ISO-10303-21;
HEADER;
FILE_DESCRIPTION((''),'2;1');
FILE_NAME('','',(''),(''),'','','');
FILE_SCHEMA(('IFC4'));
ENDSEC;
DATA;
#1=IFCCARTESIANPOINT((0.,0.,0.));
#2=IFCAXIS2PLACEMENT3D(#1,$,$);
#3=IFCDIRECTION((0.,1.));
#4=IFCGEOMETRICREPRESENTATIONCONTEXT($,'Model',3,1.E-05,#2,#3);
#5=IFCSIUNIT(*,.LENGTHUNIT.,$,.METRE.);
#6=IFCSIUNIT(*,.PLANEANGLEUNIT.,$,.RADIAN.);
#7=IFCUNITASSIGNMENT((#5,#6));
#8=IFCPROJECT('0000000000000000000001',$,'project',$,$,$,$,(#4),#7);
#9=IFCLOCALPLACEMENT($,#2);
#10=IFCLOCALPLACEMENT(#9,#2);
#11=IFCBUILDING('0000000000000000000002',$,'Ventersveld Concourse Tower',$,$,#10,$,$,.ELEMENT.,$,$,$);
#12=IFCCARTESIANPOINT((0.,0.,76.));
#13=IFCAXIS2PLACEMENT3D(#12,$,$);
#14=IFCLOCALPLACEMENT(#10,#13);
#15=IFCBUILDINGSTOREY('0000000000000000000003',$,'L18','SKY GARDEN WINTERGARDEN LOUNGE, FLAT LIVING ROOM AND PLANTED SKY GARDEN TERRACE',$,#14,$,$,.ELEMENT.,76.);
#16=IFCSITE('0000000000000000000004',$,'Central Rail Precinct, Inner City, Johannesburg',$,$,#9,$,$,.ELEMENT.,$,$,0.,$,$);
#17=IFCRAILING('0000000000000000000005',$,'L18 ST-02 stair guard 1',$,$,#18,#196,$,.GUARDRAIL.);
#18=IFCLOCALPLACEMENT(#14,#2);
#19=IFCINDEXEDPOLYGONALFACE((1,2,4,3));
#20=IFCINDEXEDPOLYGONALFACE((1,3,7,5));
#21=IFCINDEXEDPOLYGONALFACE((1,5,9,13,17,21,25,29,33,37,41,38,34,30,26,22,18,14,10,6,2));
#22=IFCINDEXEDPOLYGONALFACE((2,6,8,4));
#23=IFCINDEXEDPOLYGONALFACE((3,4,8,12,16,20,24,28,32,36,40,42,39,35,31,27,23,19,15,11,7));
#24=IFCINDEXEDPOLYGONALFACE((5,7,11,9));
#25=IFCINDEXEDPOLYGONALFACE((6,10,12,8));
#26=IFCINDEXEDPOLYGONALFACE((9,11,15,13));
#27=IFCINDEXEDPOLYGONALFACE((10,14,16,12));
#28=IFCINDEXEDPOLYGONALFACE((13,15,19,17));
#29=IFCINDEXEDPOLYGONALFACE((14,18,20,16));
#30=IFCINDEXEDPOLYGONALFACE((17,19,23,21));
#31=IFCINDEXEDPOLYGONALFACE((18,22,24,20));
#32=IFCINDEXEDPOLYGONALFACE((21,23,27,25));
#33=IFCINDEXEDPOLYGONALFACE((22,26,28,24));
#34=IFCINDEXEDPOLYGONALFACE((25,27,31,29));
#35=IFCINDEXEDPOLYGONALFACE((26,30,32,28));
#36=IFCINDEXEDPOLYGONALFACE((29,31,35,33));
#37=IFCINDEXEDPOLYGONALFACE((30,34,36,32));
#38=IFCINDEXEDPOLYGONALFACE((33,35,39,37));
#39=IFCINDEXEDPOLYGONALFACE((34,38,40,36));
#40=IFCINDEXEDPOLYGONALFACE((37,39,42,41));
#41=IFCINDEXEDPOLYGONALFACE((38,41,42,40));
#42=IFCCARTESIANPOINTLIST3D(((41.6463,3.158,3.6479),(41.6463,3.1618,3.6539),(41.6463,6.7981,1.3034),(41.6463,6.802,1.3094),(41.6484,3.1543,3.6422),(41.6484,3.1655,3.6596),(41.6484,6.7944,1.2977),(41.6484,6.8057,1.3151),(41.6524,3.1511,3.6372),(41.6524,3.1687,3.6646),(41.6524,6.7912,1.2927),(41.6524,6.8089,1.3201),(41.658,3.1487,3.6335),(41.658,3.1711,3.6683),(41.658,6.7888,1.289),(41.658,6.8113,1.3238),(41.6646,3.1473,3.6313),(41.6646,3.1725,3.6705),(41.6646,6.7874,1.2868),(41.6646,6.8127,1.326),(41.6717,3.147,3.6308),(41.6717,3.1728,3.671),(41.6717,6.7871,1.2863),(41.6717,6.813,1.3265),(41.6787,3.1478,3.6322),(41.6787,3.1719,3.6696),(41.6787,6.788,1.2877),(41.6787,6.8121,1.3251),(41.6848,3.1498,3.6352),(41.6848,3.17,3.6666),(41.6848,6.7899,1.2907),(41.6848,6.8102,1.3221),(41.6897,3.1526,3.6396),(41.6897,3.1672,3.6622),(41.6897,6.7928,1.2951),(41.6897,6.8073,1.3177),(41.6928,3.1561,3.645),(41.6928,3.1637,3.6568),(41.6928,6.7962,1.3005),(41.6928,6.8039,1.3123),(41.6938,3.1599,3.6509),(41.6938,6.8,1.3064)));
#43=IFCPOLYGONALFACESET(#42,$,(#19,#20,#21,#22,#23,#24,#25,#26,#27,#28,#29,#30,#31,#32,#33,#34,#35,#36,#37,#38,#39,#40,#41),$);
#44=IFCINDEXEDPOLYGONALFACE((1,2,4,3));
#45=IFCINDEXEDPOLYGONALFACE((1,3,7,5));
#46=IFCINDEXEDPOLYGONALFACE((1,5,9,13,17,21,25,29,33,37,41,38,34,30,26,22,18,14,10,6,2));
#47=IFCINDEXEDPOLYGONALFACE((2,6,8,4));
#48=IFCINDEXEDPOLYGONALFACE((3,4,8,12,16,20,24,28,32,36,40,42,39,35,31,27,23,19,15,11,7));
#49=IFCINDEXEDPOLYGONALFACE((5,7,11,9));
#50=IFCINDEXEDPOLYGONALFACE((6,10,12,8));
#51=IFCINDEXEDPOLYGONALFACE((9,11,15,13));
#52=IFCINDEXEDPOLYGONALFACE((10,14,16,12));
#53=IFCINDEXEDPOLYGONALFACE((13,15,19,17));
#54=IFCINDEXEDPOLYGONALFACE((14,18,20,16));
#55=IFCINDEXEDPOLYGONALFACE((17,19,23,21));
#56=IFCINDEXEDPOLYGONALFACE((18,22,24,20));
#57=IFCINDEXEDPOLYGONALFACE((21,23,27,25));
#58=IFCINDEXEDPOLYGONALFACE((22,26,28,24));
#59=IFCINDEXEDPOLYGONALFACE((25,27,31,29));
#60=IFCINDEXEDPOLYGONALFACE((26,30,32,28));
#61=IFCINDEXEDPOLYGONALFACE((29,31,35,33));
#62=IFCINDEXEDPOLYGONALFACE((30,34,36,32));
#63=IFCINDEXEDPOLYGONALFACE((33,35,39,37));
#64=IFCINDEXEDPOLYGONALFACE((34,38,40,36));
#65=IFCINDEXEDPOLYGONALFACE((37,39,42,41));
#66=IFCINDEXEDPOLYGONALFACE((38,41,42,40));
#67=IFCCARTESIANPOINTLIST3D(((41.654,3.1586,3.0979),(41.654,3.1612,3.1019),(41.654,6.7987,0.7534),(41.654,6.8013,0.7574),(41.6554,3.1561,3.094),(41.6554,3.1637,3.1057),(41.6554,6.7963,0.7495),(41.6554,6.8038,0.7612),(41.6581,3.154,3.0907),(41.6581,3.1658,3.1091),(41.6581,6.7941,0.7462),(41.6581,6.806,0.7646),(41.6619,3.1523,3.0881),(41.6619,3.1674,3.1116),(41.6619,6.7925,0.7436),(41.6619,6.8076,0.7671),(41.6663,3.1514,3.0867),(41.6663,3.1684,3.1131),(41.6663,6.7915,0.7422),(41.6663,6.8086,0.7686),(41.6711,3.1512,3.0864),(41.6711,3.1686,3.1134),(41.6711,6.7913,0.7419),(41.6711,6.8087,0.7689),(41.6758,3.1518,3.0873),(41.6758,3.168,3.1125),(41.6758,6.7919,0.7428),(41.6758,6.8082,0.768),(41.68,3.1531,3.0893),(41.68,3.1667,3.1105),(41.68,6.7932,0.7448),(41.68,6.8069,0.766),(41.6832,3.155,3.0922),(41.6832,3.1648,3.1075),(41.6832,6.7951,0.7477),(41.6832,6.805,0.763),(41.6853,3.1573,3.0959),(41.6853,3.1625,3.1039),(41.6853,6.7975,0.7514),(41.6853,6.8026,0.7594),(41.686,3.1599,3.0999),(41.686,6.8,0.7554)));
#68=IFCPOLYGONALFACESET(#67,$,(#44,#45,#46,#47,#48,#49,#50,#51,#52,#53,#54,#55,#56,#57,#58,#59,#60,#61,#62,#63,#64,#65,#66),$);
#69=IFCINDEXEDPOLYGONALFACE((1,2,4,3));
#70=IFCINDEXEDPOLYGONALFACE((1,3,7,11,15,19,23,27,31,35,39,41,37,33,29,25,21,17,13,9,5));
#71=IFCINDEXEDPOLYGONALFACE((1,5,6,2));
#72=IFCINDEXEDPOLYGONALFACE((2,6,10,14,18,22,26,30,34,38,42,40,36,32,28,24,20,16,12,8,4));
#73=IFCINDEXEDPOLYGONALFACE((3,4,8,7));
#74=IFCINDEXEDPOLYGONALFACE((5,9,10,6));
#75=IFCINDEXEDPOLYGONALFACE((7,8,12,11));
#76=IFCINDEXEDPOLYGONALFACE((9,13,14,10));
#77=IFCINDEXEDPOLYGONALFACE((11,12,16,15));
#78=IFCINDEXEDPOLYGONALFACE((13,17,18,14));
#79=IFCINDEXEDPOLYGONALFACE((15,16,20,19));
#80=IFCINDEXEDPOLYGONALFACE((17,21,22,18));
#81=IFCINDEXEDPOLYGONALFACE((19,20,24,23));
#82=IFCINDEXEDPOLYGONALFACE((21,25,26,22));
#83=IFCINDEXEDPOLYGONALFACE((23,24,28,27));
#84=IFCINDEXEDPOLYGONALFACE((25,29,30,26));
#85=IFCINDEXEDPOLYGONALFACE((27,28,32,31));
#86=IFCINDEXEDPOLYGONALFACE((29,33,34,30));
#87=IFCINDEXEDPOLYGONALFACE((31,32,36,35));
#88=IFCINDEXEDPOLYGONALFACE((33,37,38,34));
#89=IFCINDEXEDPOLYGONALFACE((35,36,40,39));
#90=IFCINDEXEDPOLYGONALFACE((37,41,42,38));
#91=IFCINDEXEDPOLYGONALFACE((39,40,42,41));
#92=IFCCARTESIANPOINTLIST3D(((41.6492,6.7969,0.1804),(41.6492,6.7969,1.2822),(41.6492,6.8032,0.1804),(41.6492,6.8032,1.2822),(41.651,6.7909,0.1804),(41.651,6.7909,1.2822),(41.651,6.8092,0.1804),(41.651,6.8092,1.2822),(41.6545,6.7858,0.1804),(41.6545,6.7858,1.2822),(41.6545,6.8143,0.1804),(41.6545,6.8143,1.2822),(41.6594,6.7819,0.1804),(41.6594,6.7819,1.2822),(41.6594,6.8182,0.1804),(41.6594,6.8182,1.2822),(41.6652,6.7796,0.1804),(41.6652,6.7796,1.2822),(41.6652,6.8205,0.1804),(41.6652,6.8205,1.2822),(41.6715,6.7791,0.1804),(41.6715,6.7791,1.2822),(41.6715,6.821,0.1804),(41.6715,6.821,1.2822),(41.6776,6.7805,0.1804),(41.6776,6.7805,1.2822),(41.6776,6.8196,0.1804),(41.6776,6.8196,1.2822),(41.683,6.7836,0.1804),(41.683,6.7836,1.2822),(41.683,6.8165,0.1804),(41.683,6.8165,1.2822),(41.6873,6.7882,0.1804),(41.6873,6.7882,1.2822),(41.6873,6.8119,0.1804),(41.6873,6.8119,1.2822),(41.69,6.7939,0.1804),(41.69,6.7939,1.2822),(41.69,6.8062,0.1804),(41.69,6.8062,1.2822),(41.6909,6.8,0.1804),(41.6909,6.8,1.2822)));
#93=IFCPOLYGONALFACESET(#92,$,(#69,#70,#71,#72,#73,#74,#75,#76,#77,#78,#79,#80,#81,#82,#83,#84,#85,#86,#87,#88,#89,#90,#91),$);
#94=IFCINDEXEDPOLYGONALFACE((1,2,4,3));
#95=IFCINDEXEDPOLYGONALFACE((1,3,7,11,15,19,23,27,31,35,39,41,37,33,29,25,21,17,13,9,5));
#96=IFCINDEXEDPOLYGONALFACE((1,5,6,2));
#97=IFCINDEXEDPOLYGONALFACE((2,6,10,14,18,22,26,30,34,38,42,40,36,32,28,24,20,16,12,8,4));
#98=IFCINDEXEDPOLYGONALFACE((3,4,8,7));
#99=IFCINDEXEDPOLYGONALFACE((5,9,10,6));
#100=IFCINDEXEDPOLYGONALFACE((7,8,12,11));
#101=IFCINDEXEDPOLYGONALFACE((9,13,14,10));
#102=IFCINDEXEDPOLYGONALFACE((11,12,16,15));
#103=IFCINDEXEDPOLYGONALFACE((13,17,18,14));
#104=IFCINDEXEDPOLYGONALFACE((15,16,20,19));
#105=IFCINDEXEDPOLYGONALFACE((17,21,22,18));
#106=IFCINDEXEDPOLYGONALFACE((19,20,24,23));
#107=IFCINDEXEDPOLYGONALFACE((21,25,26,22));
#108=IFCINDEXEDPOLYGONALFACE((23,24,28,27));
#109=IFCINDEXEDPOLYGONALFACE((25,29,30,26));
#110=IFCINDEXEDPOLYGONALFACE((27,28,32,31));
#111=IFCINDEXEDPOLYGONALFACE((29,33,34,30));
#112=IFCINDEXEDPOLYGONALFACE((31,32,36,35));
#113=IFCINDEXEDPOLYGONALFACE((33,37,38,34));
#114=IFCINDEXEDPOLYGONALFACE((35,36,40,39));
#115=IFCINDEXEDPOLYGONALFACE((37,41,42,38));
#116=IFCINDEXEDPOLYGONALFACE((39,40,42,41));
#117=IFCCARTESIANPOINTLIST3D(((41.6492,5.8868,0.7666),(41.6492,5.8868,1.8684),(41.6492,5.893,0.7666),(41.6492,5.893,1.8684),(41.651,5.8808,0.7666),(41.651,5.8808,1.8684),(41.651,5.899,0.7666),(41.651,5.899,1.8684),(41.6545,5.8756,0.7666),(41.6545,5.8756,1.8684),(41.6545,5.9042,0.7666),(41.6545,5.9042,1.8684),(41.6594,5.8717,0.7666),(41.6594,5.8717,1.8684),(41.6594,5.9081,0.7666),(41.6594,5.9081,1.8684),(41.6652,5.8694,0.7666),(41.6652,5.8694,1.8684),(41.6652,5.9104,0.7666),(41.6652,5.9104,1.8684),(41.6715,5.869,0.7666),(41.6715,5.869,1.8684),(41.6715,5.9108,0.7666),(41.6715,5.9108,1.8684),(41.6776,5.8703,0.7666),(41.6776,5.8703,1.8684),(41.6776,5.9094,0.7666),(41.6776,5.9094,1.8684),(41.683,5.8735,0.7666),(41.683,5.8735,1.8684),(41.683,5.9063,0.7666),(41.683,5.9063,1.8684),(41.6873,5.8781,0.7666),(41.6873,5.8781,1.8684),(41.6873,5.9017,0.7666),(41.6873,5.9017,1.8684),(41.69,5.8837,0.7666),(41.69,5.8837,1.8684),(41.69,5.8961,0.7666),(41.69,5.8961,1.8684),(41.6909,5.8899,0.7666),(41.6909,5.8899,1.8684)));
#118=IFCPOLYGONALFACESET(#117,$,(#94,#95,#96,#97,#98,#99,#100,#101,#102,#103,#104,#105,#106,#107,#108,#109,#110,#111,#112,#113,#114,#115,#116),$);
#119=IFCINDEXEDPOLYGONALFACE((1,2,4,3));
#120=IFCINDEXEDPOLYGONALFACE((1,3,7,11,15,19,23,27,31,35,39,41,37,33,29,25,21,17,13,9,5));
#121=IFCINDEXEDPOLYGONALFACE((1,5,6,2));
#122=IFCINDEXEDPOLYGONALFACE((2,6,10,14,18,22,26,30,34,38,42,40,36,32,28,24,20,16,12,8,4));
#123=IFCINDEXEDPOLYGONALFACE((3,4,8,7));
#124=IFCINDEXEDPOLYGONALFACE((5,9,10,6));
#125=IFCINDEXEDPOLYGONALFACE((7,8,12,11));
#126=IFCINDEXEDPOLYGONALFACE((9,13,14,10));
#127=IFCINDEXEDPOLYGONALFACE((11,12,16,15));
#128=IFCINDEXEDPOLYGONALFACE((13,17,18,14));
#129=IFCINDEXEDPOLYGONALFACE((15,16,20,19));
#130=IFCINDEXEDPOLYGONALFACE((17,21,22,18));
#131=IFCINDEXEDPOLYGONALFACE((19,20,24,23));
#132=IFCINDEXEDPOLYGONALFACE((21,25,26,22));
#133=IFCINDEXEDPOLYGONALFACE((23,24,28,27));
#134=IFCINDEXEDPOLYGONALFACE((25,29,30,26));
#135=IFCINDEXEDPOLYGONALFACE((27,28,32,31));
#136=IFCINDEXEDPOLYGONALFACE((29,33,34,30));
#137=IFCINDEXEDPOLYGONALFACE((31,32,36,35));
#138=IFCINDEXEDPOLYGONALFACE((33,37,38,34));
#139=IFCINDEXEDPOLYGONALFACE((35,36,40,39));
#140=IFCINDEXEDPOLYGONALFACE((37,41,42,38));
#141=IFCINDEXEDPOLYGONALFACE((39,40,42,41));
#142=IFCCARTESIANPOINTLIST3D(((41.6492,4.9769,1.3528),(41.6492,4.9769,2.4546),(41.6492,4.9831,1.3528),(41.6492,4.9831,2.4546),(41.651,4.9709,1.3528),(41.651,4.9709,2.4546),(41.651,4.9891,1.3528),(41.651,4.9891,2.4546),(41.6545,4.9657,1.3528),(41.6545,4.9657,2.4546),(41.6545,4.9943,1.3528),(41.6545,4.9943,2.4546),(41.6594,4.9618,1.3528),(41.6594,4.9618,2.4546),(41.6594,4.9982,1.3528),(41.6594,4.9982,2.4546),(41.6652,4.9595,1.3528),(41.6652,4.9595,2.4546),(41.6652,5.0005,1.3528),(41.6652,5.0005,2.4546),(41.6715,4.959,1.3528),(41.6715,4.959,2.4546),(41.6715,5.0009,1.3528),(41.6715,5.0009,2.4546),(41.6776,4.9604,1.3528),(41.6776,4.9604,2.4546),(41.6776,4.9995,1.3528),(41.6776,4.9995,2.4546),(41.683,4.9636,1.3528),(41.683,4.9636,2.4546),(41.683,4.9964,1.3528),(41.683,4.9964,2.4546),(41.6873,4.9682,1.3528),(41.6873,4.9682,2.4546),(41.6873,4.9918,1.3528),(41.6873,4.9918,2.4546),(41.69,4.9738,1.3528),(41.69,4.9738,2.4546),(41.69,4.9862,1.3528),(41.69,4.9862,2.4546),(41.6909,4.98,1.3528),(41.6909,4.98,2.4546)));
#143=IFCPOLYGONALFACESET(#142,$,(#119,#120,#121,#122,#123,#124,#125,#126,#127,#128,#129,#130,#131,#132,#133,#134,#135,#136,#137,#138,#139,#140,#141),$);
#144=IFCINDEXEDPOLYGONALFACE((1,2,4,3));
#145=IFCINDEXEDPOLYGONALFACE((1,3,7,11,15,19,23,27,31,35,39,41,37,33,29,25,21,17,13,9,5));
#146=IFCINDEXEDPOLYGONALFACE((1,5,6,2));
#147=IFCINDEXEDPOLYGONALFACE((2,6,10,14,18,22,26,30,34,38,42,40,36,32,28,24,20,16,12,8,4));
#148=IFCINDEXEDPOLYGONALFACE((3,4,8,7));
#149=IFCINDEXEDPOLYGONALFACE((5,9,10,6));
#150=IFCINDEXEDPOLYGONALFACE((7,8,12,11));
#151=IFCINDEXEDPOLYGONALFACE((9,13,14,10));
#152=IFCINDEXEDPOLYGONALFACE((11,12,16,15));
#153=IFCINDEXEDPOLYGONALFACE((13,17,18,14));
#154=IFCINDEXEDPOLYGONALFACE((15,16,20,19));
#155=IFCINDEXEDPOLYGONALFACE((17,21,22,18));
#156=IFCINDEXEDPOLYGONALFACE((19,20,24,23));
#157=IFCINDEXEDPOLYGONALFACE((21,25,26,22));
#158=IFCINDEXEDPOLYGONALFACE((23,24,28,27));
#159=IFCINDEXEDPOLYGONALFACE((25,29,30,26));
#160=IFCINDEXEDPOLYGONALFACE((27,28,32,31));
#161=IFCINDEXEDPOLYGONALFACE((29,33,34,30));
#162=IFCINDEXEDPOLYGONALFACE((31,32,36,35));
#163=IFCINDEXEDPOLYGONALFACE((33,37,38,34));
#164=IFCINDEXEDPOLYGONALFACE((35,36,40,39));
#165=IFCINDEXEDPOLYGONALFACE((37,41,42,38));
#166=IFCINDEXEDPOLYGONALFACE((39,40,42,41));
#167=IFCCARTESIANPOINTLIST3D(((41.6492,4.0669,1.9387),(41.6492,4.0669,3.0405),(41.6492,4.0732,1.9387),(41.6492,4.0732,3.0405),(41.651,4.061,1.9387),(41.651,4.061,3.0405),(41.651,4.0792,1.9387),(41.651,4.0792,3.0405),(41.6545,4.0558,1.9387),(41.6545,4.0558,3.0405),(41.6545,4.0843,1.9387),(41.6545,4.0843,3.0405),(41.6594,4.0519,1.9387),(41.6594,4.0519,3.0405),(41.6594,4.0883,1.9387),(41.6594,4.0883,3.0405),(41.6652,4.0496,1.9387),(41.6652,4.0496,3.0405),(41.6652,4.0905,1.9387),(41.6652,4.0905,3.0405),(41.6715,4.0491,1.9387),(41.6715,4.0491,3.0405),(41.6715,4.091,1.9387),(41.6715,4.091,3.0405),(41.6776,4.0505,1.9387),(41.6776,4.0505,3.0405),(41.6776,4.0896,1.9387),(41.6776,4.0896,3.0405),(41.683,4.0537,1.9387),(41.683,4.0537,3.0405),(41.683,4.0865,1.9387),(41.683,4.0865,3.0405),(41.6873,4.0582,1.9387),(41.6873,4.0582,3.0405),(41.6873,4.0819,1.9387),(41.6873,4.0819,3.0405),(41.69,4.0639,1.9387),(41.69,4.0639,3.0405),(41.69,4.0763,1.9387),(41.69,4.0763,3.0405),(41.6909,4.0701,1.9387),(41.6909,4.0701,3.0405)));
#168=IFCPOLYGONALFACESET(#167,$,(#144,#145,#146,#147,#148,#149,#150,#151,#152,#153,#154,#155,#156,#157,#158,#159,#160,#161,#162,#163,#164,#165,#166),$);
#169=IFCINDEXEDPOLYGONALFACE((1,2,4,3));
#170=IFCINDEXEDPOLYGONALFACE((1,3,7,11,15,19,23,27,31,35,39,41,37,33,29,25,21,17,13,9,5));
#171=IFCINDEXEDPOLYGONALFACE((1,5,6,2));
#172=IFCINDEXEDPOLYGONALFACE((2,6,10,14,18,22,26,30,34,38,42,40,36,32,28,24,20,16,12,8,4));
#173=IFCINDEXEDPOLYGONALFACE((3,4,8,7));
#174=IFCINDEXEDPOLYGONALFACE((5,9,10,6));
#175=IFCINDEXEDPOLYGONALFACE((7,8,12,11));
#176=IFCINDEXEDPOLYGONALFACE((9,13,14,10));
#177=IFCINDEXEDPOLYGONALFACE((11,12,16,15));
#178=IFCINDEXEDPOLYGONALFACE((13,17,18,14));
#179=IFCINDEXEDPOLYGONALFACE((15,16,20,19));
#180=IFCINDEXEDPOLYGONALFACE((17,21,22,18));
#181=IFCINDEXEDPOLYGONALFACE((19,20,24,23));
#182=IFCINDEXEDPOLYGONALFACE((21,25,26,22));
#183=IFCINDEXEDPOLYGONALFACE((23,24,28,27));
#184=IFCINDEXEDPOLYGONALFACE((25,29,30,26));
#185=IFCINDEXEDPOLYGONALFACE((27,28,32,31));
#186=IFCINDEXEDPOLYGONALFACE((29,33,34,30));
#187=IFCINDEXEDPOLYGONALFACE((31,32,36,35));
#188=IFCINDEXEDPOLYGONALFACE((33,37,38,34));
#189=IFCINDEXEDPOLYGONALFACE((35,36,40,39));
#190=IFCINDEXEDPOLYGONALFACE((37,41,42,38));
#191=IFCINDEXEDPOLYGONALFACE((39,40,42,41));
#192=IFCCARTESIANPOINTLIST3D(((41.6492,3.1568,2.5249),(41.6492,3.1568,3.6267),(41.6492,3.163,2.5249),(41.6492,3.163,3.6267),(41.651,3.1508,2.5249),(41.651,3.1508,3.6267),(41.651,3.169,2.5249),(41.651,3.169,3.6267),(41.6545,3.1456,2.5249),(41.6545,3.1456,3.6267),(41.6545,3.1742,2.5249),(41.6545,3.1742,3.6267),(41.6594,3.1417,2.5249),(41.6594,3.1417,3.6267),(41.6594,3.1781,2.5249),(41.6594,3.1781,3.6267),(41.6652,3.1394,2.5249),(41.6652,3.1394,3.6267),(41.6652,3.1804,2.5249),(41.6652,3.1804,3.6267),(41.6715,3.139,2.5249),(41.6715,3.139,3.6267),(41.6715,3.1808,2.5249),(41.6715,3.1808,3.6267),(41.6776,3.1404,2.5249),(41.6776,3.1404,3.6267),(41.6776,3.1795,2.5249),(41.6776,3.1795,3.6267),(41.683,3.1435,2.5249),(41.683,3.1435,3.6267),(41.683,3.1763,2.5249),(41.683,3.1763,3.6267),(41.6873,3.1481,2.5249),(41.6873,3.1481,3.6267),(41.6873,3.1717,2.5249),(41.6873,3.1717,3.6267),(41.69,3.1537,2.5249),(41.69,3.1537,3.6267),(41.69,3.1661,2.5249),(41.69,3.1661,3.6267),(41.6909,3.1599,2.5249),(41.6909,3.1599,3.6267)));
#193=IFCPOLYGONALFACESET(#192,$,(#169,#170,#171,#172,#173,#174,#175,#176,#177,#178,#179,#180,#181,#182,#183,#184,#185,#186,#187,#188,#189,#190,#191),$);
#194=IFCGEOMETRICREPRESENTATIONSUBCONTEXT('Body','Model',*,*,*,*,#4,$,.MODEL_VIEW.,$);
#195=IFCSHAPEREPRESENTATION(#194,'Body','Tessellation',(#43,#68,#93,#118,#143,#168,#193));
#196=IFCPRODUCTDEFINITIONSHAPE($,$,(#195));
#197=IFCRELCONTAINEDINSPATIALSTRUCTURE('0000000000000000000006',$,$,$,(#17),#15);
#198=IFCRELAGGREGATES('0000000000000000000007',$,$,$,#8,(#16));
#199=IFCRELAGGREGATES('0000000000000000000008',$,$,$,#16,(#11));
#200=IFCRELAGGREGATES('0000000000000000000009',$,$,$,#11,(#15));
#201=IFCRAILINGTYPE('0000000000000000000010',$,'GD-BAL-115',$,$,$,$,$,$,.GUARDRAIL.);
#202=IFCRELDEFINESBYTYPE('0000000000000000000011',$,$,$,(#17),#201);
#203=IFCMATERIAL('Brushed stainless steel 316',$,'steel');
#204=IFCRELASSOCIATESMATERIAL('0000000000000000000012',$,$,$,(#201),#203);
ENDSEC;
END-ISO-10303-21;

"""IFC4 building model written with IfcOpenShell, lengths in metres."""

from ifc_helpers import new_model, si_unit, direction, frame, origin, origin_2d, place, context, subcontext, project, spatial, circle, extrude, material, type_object, element, save


model = new_model("IFC4")

# Units and contexts
model_context = context("Model", 3, precision=1e-05, world=origin(), true_north=direction((0.0, 1.0)))
body_context = subcontext(model_context, "Body", "Model", "MODEL_VIEW")
ifc_project = project(units=[si_unit("LENGTHUNIT", "METRE"), si_unit("PLANEANGLEUNIT", "RADIAN")], contexts=[model_context])

# Site, building, storey
site_placement = place(None, origin())
site = spatial("IfcSite", under=ifc_project, at=site_placement, Name="Central Rail Precinct, Inner City, Johannesburg", CompositionType="ELEMENT", RefElevation=0.0)
building_placement = place(site_placement, origin())
building = spatial("IfcBuilding", under=site, at=building_placement, Name="Ventersveld Concourse Tower", CompositionType="ELEMENT")
storey_placement = place(building_placement, frame((0.0, 0.0, 76.0)))
storey = spatial("IfcBuildingStorey", under=building, at=storey_placement, Name="L18", Description="SKY GARDEN WINTERGARDEN LOUNGE, FLAT LIVING ROOM AND PLANTED SKY GARDEN TERRACE", CompositionType="ELEMENT", Elevation=76.0)

# Railing
ifc_material_1 = material(Name="Brushed stainless steel 316", Category="steel")
railing_type_1 = type_object("IfcRailingType", Name="GD-BAL-115", PredefinedType="GUARDRAIL", material=ifc_material_1)
railing_1_placement = place(storey_placement, frame((41.6699, 6.8, 0.1804)))
element("IfcRailing", 1, at=railing_1_placement, inside=storey, type_object=railing_type_1, Name="L18 ST-02 stair guard 1", PredefinedType="GUARDRAIL", context=body_context, shape_type="SweptSolid", body=[
    extrude(circle(Radius=0.0239, at=origin_2d()), frame((0.0, 0.0, 1.126), z_axis=(0.0, -0.840716, 0.541476), x_axis=(1.0, 0.0, 0.0)), (0.0, 0.0, 1.0), 4.3298),
    extrude(circle(Radius=0.0161, at=origin_2d()), frame((0.0, 0.0, 0.575), z_axis=(0.0, -0.840716, 0.541476), x_axis=(1.0, 0.0, 0.0)), (0.0, 0.0, 1.0), 4.3298),
    extrude(circle(Radius=0.021, at=origin_2d()), origin(), (0.0, 0.0, 1.0), 1.1018),
    extrude(circle(Radius=0.021, at=origin_2d()), frame((0.0, -0.9102, 0.5862)), (0.0, 0.0, 1.0), 1.1018),
    extrude(circle(Radius=0.021, at=origin_2d()), frame((0.0, -1.8201, 1.1724)), (0.0, 0.0, 1.0), 1.1018),
    extrude(circle(Radius=0.021, at=origin_2d()), frame((0.0, -2.73, 1.7583)), (0.0, 0.0, 1.0), 1.1018),
    extrude(circle(Radius=0.021, at=origin_2d()), frame((0.0, -3.6401, 2.3445)), (0.0, 0.0, 1.0), 1.1018),
])

save(model, "model.ifc")
